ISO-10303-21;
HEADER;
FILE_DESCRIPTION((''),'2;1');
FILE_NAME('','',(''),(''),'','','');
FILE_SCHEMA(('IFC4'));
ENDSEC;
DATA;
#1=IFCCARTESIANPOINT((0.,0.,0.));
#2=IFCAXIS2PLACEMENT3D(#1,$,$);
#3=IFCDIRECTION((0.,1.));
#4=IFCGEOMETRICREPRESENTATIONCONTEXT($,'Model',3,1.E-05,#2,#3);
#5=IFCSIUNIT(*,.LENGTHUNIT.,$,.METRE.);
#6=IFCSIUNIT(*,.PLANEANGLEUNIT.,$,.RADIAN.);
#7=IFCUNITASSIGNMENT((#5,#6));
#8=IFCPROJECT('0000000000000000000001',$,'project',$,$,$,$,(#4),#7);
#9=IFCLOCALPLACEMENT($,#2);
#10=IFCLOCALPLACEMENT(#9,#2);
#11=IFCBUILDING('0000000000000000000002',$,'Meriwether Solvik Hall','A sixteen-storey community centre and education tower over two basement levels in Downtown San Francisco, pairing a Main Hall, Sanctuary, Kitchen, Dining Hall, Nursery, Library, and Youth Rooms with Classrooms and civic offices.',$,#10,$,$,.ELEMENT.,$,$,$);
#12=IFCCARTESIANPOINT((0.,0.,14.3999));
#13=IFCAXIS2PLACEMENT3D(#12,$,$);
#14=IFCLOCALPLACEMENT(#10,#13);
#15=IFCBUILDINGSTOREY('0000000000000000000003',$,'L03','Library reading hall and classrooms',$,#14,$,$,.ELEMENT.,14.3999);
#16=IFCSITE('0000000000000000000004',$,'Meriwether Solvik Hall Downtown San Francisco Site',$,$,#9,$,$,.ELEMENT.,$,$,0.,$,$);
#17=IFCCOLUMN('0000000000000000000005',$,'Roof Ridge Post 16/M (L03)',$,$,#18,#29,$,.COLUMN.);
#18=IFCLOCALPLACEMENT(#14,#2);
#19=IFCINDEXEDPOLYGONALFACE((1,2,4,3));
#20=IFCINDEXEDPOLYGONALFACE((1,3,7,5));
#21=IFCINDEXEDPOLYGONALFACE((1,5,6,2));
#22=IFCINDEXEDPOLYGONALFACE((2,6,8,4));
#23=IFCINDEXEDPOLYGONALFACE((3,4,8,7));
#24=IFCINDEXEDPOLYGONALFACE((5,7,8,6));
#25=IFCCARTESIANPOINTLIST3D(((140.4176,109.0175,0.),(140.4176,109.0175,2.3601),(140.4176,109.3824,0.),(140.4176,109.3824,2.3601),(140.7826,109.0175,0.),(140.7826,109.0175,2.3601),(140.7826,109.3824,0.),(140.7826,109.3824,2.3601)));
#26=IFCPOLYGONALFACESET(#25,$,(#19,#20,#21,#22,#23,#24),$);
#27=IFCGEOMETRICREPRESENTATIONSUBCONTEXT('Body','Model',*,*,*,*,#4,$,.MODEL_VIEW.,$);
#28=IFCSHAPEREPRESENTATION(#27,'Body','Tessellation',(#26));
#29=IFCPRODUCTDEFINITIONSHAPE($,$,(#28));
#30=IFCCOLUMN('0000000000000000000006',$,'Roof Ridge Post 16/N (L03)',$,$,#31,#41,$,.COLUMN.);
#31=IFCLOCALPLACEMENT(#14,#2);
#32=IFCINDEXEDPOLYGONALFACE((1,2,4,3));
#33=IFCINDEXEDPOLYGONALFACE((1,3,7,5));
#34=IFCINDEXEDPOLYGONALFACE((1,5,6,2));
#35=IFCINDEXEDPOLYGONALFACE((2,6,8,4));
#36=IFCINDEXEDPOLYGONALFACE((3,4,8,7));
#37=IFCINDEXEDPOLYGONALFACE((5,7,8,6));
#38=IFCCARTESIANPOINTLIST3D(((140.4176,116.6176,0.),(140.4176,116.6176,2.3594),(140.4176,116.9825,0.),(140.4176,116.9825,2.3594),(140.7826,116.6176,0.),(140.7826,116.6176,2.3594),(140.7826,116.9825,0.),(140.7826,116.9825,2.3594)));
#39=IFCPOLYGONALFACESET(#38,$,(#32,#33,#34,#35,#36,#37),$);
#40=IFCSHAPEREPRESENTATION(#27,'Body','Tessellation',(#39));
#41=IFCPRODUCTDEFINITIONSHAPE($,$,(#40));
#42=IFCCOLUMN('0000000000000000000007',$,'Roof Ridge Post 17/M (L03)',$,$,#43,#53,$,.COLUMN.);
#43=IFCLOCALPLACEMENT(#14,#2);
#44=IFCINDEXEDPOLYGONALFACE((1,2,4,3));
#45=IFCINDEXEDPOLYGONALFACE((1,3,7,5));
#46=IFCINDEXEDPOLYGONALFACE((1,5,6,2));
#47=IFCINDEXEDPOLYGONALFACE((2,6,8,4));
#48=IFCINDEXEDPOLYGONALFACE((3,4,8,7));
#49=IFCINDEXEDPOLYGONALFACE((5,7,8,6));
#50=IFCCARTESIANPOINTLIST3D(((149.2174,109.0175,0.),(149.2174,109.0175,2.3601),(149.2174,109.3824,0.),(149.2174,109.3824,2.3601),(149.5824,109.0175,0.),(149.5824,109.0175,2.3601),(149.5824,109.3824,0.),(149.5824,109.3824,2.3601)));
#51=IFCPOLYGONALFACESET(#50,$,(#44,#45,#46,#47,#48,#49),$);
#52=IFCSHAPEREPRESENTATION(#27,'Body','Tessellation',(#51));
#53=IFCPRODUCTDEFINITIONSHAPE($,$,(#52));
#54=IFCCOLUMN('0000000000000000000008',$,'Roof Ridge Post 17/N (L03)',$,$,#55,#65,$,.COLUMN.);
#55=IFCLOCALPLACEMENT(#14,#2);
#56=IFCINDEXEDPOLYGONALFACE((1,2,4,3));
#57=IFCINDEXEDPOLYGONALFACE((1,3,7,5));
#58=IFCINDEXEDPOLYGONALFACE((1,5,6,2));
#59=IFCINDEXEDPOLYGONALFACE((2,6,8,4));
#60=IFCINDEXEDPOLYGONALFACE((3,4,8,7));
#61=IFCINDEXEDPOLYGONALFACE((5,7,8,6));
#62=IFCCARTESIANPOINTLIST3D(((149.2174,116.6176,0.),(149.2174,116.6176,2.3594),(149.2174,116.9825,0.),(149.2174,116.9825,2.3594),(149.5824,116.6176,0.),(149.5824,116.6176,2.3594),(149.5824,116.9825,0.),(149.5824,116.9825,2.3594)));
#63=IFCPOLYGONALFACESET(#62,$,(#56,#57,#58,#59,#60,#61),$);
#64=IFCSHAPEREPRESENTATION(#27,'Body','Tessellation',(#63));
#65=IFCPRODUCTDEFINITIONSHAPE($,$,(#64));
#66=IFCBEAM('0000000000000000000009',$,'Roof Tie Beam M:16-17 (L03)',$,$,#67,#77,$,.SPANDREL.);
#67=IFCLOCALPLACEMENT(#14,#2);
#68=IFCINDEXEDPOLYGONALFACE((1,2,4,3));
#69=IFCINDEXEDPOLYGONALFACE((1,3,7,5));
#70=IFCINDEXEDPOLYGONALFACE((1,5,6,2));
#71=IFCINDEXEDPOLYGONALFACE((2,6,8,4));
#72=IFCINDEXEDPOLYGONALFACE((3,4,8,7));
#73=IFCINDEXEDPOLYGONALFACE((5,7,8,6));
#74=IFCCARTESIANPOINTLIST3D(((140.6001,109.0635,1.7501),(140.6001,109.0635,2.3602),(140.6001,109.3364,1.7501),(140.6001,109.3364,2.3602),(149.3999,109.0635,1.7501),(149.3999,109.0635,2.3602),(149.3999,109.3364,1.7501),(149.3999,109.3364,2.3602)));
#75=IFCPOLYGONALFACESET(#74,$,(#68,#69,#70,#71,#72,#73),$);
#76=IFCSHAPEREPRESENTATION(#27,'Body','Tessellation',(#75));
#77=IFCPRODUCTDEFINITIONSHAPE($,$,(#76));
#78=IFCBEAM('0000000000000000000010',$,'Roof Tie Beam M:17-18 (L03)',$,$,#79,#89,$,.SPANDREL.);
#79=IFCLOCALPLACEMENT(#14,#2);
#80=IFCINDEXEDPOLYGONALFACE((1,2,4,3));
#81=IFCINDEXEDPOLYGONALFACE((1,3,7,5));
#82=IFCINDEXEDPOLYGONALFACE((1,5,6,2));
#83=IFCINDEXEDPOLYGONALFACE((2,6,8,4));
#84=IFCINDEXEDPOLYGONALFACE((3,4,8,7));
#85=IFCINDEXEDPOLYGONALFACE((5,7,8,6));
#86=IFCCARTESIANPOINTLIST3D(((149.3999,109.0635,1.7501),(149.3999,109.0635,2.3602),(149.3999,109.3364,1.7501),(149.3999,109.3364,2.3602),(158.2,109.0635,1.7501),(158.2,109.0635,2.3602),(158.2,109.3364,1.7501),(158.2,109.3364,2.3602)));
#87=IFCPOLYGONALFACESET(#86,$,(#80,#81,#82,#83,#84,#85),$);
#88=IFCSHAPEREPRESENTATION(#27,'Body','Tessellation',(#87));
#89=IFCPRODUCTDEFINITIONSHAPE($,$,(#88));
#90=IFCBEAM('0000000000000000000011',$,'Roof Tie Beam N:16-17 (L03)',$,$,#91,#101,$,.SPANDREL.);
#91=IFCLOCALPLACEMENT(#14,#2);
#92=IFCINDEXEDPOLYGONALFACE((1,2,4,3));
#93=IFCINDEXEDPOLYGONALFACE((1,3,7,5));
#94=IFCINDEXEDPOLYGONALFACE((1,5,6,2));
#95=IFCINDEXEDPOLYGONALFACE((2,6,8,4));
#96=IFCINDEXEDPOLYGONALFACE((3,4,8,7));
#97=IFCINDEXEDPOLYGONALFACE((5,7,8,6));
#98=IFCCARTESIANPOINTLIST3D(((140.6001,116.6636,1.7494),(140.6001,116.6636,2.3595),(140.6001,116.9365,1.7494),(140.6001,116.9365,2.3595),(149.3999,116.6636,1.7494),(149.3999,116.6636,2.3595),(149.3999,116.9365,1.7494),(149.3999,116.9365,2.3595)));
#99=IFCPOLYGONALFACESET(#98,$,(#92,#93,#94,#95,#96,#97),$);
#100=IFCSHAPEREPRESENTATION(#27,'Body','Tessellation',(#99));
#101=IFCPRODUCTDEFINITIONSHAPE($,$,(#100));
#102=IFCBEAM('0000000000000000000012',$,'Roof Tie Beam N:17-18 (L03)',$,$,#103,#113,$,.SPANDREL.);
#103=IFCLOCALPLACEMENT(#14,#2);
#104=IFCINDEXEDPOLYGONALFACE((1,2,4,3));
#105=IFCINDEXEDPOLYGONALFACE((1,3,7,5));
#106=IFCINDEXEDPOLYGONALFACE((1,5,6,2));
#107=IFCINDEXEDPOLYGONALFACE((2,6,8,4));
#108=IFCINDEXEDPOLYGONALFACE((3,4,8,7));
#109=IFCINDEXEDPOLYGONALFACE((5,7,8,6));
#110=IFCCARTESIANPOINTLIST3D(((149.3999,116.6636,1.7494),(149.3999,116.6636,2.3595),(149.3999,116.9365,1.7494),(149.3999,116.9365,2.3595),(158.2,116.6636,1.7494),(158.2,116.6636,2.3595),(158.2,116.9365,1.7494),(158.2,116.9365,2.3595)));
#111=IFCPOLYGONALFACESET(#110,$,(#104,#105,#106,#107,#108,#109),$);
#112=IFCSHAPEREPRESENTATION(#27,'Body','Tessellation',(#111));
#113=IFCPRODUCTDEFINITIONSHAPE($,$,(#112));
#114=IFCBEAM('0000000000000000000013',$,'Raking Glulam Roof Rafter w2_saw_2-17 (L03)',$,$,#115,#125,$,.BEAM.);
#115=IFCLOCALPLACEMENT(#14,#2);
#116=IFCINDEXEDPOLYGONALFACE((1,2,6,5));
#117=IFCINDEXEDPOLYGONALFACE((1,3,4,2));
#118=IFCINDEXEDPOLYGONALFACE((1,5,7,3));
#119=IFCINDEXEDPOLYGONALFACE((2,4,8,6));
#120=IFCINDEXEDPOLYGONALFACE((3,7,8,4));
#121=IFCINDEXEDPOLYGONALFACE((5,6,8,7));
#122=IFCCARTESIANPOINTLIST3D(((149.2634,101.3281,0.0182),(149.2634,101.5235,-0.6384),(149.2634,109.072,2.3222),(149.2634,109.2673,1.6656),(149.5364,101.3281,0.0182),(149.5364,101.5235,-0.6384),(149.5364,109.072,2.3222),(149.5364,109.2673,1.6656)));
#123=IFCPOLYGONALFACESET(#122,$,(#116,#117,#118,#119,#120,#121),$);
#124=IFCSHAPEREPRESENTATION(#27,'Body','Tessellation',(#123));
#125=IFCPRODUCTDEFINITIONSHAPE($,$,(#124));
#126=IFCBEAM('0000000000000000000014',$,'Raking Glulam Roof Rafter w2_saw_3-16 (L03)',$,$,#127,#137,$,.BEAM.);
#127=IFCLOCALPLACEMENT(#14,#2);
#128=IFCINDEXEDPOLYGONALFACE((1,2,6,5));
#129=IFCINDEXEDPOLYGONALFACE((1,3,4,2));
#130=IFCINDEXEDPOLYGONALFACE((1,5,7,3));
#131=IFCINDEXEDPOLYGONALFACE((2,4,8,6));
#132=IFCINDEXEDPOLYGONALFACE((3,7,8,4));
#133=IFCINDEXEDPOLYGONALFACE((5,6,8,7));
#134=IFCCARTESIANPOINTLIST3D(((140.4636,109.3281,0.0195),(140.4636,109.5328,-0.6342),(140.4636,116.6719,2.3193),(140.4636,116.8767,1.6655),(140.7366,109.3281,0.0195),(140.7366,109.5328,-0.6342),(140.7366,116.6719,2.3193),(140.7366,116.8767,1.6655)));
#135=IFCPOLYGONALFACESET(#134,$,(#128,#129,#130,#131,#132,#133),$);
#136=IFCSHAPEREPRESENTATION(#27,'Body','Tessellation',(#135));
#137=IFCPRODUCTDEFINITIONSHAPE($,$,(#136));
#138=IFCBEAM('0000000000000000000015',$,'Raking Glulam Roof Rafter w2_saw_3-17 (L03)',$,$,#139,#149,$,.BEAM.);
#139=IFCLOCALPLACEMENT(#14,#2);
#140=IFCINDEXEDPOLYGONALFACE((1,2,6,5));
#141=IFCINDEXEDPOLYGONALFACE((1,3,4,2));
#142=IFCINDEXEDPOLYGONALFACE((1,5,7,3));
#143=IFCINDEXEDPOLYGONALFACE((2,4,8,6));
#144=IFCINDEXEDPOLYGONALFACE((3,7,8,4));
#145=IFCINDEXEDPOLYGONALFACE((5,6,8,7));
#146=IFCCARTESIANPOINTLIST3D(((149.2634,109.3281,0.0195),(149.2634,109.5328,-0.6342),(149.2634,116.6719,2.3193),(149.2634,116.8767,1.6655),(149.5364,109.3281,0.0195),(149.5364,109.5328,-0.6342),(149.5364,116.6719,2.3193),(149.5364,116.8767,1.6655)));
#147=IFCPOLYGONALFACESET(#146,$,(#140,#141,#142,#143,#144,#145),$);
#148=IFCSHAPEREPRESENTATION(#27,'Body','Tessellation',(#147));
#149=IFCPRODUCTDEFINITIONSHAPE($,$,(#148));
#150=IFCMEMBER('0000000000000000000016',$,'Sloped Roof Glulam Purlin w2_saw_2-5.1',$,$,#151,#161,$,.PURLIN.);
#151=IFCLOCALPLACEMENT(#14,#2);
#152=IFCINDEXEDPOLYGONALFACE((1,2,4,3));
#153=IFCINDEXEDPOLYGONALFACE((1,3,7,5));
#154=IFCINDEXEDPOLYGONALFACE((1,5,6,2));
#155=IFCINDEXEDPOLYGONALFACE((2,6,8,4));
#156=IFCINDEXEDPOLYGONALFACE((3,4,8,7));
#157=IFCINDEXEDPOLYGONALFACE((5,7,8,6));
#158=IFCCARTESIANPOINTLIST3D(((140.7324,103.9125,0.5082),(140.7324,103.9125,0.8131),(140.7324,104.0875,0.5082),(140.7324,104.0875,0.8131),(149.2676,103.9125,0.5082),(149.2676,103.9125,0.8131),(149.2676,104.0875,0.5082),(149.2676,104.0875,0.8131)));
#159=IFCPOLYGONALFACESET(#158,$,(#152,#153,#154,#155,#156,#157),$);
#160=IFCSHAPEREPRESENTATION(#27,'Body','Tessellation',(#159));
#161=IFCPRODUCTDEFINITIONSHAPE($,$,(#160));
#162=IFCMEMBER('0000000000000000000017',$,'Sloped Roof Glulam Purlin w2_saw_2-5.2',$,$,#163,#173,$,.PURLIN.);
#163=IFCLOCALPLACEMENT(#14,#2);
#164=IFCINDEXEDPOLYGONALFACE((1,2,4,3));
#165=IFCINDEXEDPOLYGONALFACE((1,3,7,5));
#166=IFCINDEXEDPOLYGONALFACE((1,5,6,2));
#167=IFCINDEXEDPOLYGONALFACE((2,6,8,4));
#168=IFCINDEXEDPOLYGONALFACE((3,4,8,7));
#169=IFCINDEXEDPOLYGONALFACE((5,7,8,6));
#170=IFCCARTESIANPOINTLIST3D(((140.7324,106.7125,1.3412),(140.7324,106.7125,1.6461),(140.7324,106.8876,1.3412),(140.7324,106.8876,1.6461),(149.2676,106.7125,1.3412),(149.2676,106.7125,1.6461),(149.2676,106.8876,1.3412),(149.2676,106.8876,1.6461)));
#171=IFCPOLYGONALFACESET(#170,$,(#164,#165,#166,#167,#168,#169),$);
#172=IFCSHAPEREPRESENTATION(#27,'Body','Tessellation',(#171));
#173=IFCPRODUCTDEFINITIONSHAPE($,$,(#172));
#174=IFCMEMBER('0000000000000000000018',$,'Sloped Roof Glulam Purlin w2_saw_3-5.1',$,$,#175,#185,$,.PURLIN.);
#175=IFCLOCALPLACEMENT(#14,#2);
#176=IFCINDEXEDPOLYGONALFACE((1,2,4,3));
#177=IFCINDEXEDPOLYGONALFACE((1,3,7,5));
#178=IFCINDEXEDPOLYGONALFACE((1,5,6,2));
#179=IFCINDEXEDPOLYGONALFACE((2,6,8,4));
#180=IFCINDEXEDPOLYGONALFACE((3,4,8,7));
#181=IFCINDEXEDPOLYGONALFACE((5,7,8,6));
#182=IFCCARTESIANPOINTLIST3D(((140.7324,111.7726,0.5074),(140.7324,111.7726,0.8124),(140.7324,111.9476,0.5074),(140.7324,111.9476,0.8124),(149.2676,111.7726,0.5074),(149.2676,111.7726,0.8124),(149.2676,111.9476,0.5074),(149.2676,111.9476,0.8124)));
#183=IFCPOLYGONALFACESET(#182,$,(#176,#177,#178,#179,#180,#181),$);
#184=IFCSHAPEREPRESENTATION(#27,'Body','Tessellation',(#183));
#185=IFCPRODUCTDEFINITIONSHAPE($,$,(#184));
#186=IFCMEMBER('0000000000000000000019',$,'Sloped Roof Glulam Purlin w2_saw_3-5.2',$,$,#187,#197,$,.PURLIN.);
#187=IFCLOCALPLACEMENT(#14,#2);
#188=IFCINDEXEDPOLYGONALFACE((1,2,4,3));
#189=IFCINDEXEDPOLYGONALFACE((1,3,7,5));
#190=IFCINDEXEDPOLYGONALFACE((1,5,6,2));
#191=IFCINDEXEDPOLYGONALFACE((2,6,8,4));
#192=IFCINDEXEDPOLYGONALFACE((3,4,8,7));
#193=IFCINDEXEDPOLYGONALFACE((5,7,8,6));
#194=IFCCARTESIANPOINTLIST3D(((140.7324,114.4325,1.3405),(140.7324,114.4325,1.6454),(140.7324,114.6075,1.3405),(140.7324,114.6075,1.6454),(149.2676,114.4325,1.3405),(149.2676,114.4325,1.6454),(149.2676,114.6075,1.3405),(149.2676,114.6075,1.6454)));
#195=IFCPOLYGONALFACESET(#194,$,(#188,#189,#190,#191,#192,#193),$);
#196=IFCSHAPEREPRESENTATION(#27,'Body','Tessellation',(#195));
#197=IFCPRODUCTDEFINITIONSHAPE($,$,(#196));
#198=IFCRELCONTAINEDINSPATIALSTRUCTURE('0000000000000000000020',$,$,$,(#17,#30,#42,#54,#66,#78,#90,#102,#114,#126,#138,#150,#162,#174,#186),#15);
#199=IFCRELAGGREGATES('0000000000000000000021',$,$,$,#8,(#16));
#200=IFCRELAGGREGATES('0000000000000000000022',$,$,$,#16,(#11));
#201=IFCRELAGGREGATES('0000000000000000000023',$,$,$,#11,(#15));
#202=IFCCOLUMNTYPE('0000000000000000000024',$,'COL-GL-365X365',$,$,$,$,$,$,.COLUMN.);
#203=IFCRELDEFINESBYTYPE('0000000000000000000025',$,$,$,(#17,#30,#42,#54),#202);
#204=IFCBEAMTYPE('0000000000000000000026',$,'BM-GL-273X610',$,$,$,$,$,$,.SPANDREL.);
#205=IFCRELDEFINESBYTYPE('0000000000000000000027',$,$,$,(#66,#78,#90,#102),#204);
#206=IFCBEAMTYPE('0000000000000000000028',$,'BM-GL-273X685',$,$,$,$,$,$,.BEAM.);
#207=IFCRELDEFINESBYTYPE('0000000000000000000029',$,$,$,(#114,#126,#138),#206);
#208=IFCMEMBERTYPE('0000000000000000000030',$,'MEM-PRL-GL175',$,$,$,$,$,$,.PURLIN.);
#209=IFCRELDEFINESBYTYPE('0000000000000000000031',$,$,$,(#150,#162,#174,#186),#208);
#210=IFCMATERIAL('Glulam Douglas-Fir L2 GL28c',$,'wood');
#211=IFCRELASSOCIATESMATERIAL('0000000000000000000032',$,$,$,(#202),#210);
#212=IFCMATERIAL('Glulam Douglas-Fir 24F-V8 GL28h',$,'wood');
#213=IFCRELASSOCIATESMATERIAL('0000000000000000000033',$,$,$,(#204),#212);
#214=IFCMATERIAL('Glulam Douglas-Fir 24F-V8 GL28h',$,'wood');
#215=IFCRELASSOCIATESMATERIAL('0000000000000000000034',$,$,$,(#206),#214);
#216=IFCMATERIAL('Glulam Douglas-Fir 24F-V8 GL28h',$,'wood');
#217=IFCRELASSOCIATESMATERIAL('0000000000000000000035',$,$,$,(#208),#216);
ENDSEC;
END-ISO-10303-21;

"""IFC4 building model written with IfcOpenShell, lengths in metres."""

from ifc_helpers import new_model, si_unit, direction, frame, origin, origin_2d, place, context, subcontext, project, spatial, rectangle, extrude, material, material_profile, profile_set, type_object, element, save


model = new_model("IFC4")

# Units and contexts
model_context = context("Model", 3, precision=1e-05, world=origin(), true_north=direction((0.0, 1.0)))
body_context = subcontext(model_context, "Body", "Model", "MODEL_VIEW")
ifc_project = project(units=[si_unit("LENGTHUNIT", "METRE"), si_unit("PLANEANGLEUNIT", "RADIAN")], contexts=[model_context])

# Site, building, storey
site_placement = place(None, origin())
site = spatial("IfcSite", under=ifc_project, at=site_placement, Name="Meriwether Solvik Hall Downtown San Francisco Site", CompositionType="ELEMENT", RefElevation=0.0)
building_placement = place(site_placement, origin())
building = spatial("IfcBuilding", under=site, at=building_placement, Name="Meriwether Solvik Hall", Description="A sixteen-storey community centre and education tower over two basement levels in Downtown San Francisco, pairing a Main Hall, Sanctuary, Kitchen, Dining Hall, Nursery, Library, and Youth Rooms with Classrooms and civic offices.", CompositionType="ELEMENT")
storey_placement = place(building_placement, frame((0.0, 0.0, 14.3999)))
storey = spatial("IfcBuildingStorey", under=building, at=storey_placement, Name="L03", Description="Library reading hall and classrooms", CompositionType="ELEMENT", Elevation=14.3999)

# Columns
ifc_material_1 = material(Name="Glulam Douglas-Fir L2 GL28c", Category="wood")
ifc_material_profile_1 = material_profile(ifc_material_1, rectangle(XDim=0.365, YDim=0.365, at=origin_2d()), Name="GLC-365X365")
ifc_profile_set_1 = profile_set([ifc_material_profile_1], Name="Glulam Douglas-Fir L2 GL28c")
column_type = type_object("IfcColumnType", Name="COL-GL-365X365", PredefinedType="COLUMN", material=ifc_profile_set_1)
column_1_placement = place(storey_placement, frame((140.6001, 109.2, 0.0), z_axis=(0.0, 0.0, 1.0), x_axis=(1.0, 0.0, 0.0)))
element("IfcColumn", 1, at=column_1_placement, inside=storey, type_object=column_type, Name="Roof Ridge Post 16/M (L03)", PredefinedType="COLUMN", context=body_context, shape_type="SweptSolid", body=[
    extrude(rectangle(XDim=0.365, YDim=0.365, at=origin_2d()), origin(), (0.0, 0.0, 1.0), 2.3601),
])
column_2_placement = place(storey_placement, frame((140.6001, 116.8, 0.0), z_axis=(0.0, 0.0, 1.0), x_axis=(1.0, 0.0, 0.0)))
element("IfcColumn", 2, at=column_2_placement, inside=storey, type_object=column_type, Name="Roof Ridge Post 16/N (L03)", PredefinedType="COLUMN", context=body_context, shape_type="SweptSolid", body=[
    extrude(rectangle(XDim=0.365, YDim=0.365, at=origin_2d()), origin(), (0.0, 0.0, 1.0), 2.3594),
])
column_3_placement = place(storey_placement, frame((149.3999, 109.2, 0.0), z_axis=(0.0, 0.0, 1.0), x_axis=(1.0, 0.0, 0.0)))
element("IfcColumn", 3, at=column_3_placement, inside=storey, type_object=column_type, Name="Roof Ridge Post 17/M (L03)", PredefinedType="COLUMN", context=body_context, shape_type="SweptSolid", body=[
    extrude(rectangle(XDim=0.365, YDim=0.365, at=origin_2d()), origin(), (0.0, 0.0, 1.0), 2.3601),
])
column_4_placement = place(storey_placement, frame((149.3999, 116.8, 0.0), z_axis=(0.0, 0.0, 1.0), x_axis=(1.0, 0.0, 0.0)))
element("IfcColumn", 4, at=column_4_placement, inside=storey, type_object=column_type, Name="Roof Ridge Post 17/N (L03)", PredefinedType="COLUMN", context=body_context, shape_type="SweptSolid", body=[
    extrude(rectangle(XDim=0.365, YDim=0.365, at=origin_2d()), origin(), (0.0, 0.0, 1.0), 2.3594),
])

# Beams
ifc_material_2 = material(Name="Glulam Douglas-Fir 24F-V8 GL28h", Category="wood")
ifc_material_profile_2 = material_profile(ifc_material_2, rectangle(XDim=0.2729, YDim=0.6101, at=origin_2d()), Name="GLB-273X610")
ifc_profile_set_2 = profile_set([ifc_material_profile_2], Name="Glulam Douglas-Fir 24F-V8 GL28h")
beam_type_1 = type_object("IfcBeamType", Name="BM-GL-273X610", PredefinedType="SPANDREL", material=ifc_profile_set_2)
beam_1_placement = place(storey_placement, frame((140.6001, 109.2, 2.0552), z_axis=(1.0, 0.0, 0.0), x_axis=(0.0, 1.0, 0.0)))
element("IfcBeam", 5, at=beam_1_placement, inside=storey, type_object=beam_type_1, Name="Roof Tie Beam M:16-17 (L03)", PredefinedType="SPANDREL", context=body_context, shape_type="SweptSolid", body=[
    extrude(rectangle(XDim=0.2729, YDim=0.6101, at=origin_2d()), origin(), (0.0, 0.0, 1.0), 8.7998),
])
beam_2_placement = place(storey_placement, frame((149.3999, 109.2, 2.0552), z_axis=(1.0, 0.0, 0.0), x_axis=(0.0, 1.0, 0.0)))
element("IfcBeam", 6, at=beam_2_placement, inside=storey, type_object=beam_type_1, Name="Roof Tie Beam M:17-18 (L03)", PredefinedType="SPANDREL", context=body_context, shape_type="SweptSolid", body=[
    extrude(rectangle(XDim=0.2729, YDim=0.6101, at=origin_2d()), origin(), (0.0, 0.0, 1.0), 8.8),
])
beam_3_placement = place(storey_placement, frame((140.6001, 116.8, 2.0544), z_axis=(1.0, 0.0, 0.0), x_axis=(0.0, 1.0, 0.0)))
element("IfcBeam", 7, at=beam_3_placement, inside=storey, type_object=beam_type_1, Name="Roof Tie Beam N:16-17 (L03)", PredefinedType="SPANDREL", context=body_context, shape_type="SweptSolid", body=[
    extrude(rectangle(XDim=0.2729, YDim=0.6101, at=origin_2d()), origin(), (0.0, 0.0, 1.0), 8.7998),
])
beam_4_placement = place(storey_placement, frame((149.3999, 116.8, 2.0544), z_axis=(1.0, 0.0, 0.0), x_axis=(0.0, 1.0, 0.0)))
element("IfcBeam", 8, at=beam_4_placement, inside=storey, type_object=beam_type_1, Name="Roof Tie Beam N:17-18 (L03)", PredefinedType="SPANDREL", context=body_context, shape_type="SweptSolid", body=[
    extrude(rectangle(XDim=0.2729, YDim=0.6101, at=origin_2d()), origin(), (0.0, 0.0, 1.0), 8.8),
])
ifc_material_3 = material(Name="Glulam Douglas-Fir 24F-V8 GL28h", Category="wood")
ifc_material_profile_3 = material_profile(ifc_material_3, rectangle(XDim=0.2729, YDim=0.6851, at=origin_2d()), Name="GLB-273X685")
ifc_profile_set_3 = profile_set([ifc_material_profile_3], Name="Glulam Douglas-Fir 24F-V8 GL28h")
beam_type_2 = type_object("IfcBeamType", Name="BM-GL-273X685", PredefinedType="BEAM", material=ifc_profile_set_3)
beam_5_placement = place(storey_placement, frame((149.3999, 101.4258, -0.3101), z_axis=(0.0, 0.958478, 0.285165), x_axis=(-1.0, 0.0, 0.0)))
element("IfcBeam", 9, at=beam_5_placement, inside=storey, type_object=beam_type_2, Name="Raking Glulam Roof Rafter w2_saw_2-17 (L03)", PredefinedType="BEAM", context=body_context, shape_type="SweptSolid", body=[
    extrude(rectangle(XDim=0.2729, YDim=0.6851, at=origin_2d()), origin(), (0.0, 0.0, 1.0), 8.0793),
])
for number, where, z_axis, x_axis, name in (
    (10, (140.6001, 109.4304, -0.3074), (0.0, 0.954302, 0.298844), (-1.0, 0.0, 0.0), "Raking Glulam Roof Rafter w2_saw_3-16 (L03)"),
    (11, (149.3999, 109.4304, -0.3074), (0.0, 0.954302, 0.298844), (-1.0, 0.0, 0.0), "Raking Glulam Roof Rafter w2_saw_3-17 (L03)"),
):
    element("IfcBeam", number, at=place(storey_placement, frame(where, z_axis=z_axis, x_axis=x_axis)), inside=storey, type_object=beam_type_2, Name=name, PredefinedType="BEAM", context=body_context, shape_type="SweptSolid", body=[
        extrude(rectangle(XDim=0.2729, YDim=0.6851, at=origin_2d()), origin(), (0.0, 0.0, 1.0), 7.6956),
    ])

# Members
ifc_material_4 = material(Name="Glulam Douglas-Fir 24F-V8 GL28h", Category="wood")
ifc_material_profile_4 = material_profile(ifc_material_4, rectangle(XDim=0.175, YDim=0.3049, at=origin_2d()), Name="GLM-175X305")
ifc_profile_set_4 = profile_set([ifc_material_profile_4], Name="Glulam Douglas-Fir 24F-V8 GL28h")
member_type = type_object("IfcMemberType", Name="MEM-PRL-GL175", PredefinedType="PURLIN", material=ifc_profile_set_4)
for number, where, z_axis, x_axis, name in (
    (12, (140.7324, 104.0, 0.6606), (1.0, 0.0, 0.0), (0.0, 1.0, 0.0), "Sloped Roof Glulam Purlin w2_saw_2-5.1"),
    (13, (140.7324, 106.8, 1.4937), (1.0, 0.0, 0.0), (0.0, 1.0, 0.0), "Sloped Roof Glulam Purlin w2_saw_2-5.2"),
    (14, (140.7324, 111.8601, 0.6599), (1.0, 0.0, 0.0), (0.0, 1.0, 0.0), "Sloped Roof Glulam Purlin w2_saw_3-5.1"),
    (15, (140.7324, 114.52, 1.4929), (1.0, 0.0, 0.0), (0.0, 1.0, 0.0), "Sloped Roof Glulam Purlin w2_saw_3-5.2"),
):
    element("IfcMember", number, at=place(storey_placement, frame(where, z_axis=z_axis, x_axis=x_axis)), inside=storey, type_object=member_type, Name=name, PredefinedType="PURLIN", context=body_context, shape_type="SweptSolid", body=[
        extrude(rectangle(XDim=0.175, YDim=0.3049, at=origin_2d()), origin(), (0.0, 0.0, 1.0), 8.5352),
    ])

save(model, "model.ifc")
